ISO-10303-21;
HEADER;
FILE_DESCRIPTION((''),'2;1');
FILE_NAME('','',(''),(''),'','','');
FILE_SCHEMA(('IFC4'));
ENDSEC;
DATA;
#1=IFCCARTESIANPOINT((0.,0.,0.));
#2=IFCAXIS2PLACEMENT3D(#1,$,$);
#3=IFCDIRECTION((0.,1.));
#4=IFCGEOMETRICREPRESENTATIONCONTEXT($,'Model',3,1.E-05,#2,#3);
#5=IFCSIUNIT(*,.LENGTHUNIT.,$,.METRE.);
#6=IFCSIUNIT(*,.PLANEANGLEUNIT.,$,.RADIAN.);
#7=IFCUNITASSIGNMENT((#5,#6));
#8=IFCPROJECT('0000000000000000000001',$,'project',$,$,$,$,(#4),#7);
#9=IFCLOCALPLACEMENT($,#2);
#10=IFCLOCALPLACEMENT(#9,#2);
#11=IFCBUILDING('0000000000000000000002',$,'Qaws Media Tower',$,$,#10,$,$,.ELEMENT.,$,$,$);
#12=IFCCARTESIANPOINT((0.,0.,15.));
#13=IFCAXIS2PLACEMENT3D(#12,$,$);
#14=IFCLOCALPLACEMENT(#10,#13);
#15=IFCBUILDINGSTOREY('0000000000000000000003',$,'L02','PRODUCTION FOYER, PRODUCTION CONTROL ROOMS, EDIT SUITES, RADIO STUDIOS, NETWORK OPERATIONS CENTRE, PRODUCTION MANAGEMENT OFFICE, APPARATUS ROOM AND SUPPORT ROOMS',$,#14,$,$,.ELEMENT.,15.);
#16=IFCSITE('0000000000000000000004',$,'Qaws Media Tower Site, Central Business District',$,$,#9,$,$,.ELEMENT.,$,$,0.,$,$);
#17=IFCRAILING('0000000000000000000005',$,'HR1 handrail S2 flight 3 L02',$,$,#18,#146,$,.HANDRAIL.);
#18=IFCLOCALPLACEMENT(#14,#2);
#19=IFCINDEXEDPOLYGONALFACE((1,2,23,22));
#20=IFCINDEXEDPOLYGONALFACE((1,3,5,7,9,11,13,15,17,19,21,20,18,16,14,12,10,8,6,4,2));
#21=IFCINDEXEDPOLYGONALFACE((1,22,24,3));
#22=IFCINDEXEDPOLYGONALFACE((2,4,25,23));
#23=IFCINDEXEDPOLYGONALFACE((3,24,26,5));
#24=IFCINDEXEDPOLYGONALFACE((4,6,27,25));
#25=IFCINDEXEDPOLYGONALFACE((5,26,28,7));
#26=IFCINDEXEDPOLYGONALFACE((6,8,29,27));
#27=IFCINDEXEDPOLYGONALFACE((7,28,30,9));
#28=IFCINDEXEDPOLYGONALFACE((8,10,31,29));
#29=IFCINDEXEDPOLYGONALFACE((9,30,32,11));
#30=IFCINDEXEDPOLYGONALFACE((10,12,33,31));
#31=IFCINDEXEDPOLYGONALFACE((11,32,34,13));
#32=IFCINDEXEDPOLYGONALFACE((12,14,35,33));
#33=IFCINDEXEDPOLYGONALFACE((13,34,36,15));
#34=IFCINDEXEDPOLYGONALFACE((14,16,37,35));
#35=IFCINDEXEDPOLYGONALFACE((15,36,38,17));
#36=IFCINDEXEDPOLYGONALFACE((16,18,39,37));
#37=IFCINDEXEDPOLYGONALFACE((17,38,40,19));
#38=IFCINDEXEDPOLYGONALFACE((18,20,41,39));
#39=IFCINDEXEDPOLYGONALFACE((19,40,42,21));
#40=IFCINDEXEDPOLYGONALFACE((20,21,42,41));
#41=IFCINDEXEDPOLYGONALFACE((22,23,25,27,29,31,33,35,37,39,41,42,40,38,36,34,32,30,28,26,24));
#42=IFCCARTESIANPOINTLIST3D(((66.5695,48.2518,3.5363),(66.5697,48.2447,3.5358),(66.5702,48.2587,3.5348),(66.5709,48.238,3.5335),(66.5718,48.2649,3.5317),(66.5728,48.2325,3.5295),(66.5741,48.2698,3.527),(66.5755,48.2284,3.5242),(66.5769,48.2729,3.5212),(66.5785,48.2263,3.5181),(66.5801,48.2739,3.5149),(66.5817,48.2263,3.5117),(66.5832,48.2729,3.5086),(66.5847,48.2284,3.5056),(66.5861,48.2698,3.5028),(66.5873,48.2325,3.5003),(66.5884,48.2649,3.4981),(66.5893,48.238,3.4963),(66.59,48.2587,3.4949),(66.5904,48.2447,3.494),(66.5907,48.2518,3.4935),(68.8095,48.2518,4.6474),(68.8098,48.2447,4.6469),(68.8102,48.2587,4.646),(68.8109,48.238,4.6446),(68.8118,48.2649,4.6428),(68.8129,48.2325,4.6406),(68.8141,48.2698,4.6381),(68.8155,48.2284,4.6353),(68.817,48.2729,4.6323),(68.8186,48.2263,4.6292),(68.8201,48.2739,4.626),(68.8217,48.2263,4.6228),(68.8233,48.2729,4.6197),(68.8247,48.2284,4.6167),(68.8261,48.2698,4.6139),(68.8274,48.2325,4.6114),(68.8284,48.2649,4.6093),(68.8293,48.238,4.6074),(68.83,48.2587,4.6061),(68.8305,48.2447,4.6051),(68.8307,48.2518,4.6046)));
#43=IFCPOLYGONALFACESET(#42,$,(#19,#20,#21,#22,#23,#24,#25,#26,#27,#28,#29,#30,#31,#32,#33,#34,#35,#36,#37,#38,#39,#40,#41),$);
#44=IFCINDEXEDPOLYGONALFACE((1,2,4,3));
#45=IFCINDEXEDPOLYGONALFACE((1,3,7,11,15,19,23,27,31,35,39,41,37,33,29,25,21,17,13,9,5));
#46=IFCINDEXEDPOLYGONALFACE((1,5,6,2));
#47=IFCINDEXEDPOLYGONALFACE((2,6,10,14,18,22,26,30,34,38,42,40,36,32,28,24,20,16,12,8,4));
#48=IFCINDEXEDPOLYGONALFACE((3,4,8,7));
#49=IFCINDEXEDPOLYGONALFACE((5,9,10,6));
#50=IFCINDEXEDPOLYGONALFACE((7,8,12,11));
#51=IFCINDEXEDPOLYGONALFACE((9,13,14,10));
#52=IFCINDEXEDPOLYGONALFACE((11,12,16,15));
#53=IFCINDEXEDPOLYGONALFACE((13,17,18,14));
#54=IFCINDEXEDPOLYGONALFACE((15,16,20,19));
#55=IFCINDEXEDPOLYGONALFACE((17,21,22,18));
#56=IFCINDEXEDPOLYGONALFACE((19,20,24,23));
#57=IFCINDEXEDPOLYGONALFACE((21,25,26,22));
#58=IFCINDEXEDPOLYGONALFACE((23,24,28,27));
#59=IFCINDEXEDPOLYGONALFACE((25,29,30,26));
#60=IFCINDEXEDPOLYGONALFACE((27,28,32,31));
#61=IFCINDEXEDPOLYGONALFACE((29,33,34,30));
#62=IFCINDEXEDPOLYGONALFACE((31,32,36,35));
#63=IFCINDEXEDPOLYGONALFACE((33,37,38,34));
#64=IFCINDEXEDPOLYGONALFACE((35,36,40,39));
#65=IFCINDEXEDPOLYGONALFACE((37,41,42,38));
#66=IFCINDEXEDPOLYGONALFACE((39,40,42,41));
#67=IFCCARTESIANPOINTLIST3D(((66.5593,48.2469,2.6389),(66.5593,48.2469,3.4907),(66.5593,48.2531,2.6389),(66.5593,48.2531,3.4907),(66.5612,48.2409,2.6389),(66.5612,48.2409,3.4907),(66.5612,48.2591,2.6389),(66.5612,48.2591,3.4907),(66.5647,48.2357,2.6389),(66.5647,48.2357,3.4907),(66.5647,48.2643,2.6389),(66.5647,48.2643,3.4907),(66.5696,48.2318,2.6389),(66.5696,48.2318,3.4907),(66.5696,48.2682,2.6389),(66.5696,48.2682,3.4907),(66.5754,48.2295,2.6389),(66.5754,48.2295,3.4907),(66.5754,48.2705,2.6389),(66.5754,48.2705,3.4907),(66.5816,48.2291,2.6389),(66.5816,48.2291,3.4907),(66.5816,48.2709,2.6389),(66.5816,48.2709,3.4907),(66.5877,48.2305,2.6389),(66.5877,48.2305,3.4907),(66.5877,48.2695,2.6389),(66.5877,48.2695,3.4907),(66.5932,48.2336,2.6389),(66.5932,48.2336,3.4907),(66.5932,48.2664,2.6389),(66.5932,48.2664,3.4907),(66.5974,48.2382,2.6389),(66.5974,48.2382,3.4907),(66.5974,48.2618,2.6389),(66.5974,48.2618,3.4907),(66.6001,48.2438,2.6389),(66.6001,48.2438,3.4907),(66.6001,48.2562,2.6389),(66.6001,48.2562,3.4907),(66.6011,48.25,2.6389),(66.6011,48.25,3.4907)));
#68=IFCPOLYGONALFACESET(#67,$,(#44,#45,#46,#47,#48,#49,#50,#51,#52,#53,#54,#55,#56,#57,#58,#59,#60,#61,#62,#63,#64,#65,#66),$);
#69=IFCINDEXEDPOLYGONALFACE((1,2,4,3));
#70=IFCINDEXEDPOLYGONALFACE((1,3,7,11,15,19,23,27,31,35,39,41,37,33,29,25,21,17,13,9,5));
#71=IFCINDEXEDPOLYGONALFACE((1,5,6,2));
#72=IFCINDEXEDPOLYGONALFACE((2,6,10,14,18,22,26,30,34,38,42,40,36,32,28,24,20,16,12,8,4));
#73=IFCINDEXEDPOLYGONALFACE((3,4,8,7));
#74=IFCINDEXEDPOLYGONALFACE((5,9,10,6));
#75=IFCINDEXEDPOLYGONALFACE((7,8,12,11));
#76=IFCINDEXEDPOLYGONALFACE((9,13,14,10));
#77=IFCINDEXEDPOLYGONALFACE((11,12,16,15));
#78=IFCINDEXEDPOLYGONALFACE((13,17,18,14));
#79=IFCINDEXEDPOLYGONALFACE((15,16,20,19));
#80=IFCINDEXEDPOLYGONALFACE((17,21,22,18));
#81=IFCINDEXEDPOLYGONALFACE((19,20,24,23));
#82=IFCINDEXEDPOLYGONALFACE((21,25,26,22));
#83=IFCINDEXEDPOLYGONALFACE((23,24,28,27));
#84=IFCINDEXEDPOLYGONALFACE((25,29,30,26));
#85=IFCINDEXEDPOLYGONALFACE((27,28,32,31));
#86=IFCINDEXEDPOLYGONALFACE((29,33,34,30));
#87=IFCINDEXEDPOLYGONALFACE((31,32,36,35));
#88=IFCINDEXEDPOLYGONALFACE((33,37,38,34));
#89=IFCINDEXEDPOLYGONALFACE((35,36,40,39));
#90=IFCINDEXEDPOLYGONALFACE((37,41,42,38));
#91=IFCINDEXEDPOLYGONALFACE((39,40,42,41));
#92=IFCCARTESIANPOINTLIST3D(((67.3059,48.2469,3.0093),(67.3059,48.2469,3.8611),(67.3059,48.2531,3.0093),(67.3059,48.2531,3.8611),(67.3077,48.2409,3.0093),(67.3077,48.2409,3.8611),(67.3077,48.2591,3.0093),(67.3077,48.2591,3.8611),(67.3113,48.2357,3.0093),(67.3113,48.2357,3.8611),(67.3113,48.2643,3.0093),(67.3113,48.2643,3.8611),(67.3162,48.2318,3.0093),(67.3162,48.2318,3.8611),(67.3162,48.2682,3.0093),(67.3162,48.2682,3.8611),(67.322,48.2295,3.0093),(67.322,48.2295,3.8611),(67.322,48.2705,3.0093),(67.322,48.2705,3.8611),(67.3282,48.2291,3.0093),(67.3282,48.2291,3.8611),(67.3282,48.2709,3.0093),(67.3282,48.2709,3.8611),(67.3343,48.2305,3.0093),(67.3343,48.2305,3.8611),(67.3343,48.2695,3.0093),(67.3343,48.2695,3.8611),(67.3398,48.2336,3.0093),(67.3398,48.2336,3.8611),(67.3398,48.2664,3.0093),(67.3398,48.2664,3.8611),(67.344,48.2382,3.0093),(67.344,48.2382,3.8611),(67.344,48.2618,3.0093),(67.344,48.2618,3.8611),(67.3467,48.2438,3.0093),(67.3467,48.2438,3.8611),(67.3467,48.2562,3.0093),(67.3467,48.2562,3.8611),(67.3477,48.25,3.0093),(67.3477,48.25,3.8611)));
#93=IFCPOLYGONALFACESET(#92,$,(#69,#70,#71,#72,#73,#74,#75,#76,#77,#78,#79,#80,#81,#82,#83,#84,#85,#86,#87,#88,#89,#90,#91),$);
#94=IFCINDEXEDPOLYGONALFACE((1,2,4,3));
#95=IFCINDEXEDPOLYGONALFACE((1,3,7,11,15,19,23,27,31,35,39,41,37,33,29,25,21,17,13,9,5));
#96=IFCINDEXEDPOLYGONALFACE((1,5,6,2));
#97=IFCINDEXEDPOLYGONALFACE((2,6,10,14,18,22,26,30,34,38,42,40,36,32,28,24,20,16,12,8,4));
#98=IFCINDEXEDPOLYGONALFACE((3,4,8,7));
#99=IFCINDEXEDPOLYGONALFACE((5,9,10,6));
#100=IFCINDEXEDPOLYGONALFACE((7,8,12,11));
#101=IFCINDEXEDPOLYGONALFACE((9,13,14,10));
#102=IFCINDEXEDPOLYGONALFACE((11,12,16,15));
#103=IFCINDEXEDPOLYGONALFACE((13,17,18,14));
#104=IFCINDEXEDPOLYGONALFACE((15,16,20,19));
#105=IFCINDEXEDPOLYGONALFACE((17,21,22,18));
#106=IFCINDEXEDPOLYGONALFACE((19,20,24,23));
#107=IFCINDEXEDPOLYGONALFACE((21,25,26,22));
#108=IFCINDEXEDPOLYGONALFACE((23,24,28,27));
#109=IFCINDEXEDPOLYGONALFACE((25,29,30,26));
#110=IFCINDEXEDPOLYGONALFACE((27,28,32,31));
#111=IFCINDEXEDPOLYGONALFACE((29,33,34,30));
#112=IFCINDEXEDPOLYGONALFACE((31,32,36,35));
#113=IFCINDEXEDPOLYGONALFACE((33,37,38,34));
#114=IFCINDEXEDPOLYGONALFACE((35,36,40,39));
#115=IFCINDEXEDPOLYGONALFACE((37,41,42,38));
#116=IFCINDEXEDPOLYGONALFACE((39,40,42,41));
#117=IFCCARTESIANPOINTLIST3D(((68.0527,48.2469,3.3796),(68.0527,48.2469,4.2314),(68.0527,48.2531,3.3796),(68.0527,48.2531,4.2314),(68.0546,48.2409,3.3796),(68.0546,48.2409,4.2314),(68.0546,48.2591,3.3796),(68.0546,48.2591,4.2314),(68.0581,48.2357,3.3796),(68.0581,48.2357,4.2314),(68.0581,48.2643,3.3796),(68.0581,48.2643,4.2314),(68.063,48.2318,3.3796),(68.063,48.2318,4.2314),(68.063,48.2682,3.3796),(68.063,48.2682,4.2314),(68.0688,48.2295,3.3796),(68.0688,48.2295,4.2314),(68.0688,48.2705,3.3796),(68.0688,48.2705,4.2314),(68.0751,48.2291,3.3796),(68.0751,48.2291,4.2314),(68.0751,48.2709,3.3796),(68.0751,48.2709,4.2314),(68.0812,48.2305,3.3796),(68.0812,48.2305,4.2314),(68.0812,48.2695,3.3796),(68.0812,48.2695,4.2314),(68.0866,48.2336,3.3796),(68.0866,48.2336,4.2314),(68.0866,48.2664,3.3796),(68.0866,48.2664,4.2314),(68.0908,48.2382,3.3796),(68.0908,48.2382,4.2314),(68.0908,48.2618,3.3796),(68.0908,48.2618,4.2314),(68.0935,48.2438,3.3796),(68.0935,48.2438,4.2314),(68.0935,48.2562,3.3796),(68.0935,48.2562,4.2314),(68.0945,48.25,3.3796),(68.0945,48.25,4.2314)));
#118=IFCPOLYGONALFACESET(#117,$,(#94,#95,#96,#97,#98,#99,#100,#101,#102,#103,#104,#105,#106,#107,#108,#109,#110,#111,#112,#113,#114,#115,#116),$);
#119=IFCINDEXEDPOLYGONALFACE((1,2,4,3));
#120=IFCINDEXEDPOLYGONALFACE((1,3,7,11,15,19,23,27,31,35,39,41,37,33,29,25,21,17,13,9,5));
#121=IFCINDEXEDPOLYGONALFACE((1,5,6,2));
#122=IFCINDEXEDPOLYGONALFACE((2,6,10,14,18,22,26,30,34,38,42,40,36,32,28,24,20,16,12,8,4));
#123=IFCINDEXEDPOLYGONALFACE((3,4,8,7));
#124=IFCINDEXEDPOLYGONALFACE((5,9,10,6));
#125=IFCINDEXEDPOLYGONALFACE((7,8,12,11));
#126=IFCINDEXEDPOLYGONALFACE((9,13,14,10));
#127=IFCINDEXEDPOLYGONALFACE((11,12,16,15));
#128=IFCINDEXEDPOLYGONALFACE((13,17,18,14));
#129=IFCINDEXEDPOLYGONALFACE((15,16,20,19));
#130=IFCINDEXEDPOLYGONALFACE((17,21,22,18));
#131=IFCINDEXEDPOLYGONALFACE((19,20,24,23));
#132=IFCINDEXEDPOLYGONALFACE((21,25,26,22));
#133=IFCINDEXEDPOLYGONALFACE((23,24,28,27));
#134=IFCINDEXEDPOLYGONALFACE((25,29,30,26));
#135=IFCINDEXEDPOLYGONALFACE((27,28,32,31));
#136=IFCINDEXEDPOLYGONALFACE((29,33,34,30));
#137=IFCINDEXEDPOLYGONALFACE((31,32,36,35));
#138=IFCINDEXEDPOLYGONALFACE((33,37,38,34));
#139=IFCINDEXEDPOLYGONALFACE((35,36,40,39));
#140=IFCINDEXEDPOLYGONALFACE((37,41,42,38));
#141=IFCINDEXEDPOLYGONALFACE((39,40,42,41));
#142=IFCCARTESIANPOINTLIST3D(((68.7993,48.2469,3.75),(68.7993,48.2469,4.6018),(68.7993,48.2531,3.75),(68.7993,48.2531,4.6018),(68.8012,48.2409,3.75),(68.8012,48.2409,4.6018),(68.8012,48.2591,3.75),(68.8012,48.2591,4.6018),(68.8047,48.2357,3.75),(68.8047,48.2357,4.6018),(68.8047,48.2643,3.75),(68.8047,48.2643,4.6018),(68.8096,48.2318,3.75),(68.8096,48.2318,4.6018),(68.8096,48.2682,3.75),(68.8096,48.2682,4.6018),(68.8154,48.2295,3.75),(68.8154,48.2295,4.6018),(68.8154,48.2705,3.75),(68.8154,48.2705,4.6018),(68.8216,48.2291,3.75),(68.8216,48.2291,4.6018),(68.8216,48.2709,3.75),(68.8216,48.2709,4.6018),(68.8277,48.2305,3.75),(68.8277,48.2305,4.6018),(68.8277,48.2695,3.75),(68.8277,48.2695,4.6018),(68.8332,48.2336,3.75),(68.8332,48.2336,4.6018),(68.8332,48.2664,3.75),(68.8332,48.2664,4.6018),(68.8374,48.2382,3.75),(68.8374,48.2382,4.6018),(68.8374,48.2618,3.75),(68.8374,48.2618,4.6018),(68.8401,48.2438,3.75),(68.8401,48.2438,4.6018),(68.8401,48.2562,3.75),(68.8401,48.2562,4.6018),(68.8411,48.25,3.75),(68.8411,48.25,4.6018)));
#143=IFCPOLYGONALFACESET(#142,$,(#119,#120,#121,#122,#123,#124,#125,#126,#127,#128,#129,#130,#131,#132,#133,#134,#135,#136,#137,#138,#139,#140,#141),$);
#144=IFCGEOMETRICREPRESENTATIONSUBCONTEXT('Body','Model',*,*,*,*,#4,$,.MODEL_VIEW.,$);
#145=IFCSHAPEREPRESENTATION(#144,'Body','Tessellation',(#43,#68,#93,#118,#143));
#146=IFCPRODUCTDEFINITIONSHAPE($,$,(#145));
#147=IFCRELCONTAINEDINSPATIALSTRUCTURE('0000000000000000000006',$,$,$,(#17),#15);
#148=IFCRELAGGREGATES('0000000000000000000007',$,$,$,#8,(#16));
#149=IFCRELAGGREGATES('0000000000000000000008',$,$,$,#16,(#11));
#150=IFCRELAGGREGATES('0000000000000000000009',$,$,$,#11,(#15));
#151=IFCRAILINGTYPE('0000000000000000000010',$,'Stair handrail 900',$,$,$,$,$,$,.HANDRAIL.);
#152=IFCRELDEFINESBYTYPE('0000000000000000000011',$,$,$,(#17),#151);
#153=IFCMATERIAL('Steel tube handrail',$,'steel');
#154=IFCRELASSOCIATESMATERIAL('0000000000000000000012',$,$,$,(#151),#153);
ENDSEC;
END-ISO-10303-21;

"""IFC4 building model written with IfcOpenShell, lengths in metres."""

from ifc_helpers import new_model, si_unit, direction, frame, origin, origin_2d, place, context, subcontext, project, spatial, circle, extrude, material, type_object, element, save


model = new_model("IFC4")

# Units and contexts
model_context = context("Model", 3, precision=1e-05, world=origin(), true_north=direction((0.0, 1.0)))
body_context = subcontext(model_context, "Body", "Model", "MODEL_VIEW")
ifc_project = project(units=[si_unit("LENGTHUNIT", "METRE"), si_unit("PLANEANGLEUNIT", "RADIAN")], contexts=[model_context])

# Site, building, storey
site_placement = place(None, origin())
site = spatial("IfcSite", under=ifc_project, at=site_placement, Name="Qaws Media Tower Site, Central Business District", CompositionType="ELEMENT", RefElevation=0.0)
building_placement = place(site_placement, origin())
building = spatial("IfcBuilding", under=site, at=building_placement, Name="Qaws Media Tower", CompositionType="ELEMENT")
storey_placement = place(building_placement, frame((0.0, 0.0, 15.0)))
storey = spatial("IfcBuildingStorey", under=building, at=storey_placement, Name="L02", Description="PRODUCTION FOYER, PRODUCTION CONTROL ROOMS, EDIT SUITES, RADIO STUDIOS, NETWORK OPERATIONS CENTRE, PRODUCTION MANAGEMENT OFFICE, APPARATUS ROOM AND SUPPORT ROOMS", CompositionType="ELEMENT", Elevation=15.0)

# Railing
ifc_material_1 = material(Name="Steel tube handrail", Category="steel")
railing_type = type_object("IfcRailingType", Name="Stair handrail 900", PredefinedType="HANDRAIL", material=ifc_material_1)
for number, where, name in (
    (1, (66.5801, 48.25, 2.6389), "HR1 handrail S2 flight 3 L02"),
):
    element("IfcRailing", number, at=place(storey_placement, frame(where)), inside=storey, type_object=railing_type, Name=name, PredefinedType="HANDRAIL", context=body_context, shape_type="SweptSolid", body=[
        extrude(circle(Radius=0.0239, at=origin_2d()), frame((0.0, 0.0, 0.876), z_axis=(0.895848, 0.0, 0.44436), x_axis=(0.0, 1.0, 0.0)), (0.0, 0.0, 1.0), 2.5005),
        extrude(circle(Radius=0.021, at=origin_2d()), origin(), (0.0, 0.0, 1.0), 0.8518),
        extrude(circle(Radius=0.021, at=origin_2d()), frame((0.7466, 0.0, 0.3704)), (0.0, 0.0, 1.0), 0.8518),
        extrude(circle(Radius=0.021, at=origin_2d()), frame((1.4934, 0.0, 0.7407)), (0.0, 0.0, 1.0), 0.8518),
        extrude(circle(Radius=0.021, at=origin_2d()), frame((2.24, 0.0, 1.1111)), (0.0, 0.0, 1.0), 0.8518),
    ])

save(model, "model.ifc")
